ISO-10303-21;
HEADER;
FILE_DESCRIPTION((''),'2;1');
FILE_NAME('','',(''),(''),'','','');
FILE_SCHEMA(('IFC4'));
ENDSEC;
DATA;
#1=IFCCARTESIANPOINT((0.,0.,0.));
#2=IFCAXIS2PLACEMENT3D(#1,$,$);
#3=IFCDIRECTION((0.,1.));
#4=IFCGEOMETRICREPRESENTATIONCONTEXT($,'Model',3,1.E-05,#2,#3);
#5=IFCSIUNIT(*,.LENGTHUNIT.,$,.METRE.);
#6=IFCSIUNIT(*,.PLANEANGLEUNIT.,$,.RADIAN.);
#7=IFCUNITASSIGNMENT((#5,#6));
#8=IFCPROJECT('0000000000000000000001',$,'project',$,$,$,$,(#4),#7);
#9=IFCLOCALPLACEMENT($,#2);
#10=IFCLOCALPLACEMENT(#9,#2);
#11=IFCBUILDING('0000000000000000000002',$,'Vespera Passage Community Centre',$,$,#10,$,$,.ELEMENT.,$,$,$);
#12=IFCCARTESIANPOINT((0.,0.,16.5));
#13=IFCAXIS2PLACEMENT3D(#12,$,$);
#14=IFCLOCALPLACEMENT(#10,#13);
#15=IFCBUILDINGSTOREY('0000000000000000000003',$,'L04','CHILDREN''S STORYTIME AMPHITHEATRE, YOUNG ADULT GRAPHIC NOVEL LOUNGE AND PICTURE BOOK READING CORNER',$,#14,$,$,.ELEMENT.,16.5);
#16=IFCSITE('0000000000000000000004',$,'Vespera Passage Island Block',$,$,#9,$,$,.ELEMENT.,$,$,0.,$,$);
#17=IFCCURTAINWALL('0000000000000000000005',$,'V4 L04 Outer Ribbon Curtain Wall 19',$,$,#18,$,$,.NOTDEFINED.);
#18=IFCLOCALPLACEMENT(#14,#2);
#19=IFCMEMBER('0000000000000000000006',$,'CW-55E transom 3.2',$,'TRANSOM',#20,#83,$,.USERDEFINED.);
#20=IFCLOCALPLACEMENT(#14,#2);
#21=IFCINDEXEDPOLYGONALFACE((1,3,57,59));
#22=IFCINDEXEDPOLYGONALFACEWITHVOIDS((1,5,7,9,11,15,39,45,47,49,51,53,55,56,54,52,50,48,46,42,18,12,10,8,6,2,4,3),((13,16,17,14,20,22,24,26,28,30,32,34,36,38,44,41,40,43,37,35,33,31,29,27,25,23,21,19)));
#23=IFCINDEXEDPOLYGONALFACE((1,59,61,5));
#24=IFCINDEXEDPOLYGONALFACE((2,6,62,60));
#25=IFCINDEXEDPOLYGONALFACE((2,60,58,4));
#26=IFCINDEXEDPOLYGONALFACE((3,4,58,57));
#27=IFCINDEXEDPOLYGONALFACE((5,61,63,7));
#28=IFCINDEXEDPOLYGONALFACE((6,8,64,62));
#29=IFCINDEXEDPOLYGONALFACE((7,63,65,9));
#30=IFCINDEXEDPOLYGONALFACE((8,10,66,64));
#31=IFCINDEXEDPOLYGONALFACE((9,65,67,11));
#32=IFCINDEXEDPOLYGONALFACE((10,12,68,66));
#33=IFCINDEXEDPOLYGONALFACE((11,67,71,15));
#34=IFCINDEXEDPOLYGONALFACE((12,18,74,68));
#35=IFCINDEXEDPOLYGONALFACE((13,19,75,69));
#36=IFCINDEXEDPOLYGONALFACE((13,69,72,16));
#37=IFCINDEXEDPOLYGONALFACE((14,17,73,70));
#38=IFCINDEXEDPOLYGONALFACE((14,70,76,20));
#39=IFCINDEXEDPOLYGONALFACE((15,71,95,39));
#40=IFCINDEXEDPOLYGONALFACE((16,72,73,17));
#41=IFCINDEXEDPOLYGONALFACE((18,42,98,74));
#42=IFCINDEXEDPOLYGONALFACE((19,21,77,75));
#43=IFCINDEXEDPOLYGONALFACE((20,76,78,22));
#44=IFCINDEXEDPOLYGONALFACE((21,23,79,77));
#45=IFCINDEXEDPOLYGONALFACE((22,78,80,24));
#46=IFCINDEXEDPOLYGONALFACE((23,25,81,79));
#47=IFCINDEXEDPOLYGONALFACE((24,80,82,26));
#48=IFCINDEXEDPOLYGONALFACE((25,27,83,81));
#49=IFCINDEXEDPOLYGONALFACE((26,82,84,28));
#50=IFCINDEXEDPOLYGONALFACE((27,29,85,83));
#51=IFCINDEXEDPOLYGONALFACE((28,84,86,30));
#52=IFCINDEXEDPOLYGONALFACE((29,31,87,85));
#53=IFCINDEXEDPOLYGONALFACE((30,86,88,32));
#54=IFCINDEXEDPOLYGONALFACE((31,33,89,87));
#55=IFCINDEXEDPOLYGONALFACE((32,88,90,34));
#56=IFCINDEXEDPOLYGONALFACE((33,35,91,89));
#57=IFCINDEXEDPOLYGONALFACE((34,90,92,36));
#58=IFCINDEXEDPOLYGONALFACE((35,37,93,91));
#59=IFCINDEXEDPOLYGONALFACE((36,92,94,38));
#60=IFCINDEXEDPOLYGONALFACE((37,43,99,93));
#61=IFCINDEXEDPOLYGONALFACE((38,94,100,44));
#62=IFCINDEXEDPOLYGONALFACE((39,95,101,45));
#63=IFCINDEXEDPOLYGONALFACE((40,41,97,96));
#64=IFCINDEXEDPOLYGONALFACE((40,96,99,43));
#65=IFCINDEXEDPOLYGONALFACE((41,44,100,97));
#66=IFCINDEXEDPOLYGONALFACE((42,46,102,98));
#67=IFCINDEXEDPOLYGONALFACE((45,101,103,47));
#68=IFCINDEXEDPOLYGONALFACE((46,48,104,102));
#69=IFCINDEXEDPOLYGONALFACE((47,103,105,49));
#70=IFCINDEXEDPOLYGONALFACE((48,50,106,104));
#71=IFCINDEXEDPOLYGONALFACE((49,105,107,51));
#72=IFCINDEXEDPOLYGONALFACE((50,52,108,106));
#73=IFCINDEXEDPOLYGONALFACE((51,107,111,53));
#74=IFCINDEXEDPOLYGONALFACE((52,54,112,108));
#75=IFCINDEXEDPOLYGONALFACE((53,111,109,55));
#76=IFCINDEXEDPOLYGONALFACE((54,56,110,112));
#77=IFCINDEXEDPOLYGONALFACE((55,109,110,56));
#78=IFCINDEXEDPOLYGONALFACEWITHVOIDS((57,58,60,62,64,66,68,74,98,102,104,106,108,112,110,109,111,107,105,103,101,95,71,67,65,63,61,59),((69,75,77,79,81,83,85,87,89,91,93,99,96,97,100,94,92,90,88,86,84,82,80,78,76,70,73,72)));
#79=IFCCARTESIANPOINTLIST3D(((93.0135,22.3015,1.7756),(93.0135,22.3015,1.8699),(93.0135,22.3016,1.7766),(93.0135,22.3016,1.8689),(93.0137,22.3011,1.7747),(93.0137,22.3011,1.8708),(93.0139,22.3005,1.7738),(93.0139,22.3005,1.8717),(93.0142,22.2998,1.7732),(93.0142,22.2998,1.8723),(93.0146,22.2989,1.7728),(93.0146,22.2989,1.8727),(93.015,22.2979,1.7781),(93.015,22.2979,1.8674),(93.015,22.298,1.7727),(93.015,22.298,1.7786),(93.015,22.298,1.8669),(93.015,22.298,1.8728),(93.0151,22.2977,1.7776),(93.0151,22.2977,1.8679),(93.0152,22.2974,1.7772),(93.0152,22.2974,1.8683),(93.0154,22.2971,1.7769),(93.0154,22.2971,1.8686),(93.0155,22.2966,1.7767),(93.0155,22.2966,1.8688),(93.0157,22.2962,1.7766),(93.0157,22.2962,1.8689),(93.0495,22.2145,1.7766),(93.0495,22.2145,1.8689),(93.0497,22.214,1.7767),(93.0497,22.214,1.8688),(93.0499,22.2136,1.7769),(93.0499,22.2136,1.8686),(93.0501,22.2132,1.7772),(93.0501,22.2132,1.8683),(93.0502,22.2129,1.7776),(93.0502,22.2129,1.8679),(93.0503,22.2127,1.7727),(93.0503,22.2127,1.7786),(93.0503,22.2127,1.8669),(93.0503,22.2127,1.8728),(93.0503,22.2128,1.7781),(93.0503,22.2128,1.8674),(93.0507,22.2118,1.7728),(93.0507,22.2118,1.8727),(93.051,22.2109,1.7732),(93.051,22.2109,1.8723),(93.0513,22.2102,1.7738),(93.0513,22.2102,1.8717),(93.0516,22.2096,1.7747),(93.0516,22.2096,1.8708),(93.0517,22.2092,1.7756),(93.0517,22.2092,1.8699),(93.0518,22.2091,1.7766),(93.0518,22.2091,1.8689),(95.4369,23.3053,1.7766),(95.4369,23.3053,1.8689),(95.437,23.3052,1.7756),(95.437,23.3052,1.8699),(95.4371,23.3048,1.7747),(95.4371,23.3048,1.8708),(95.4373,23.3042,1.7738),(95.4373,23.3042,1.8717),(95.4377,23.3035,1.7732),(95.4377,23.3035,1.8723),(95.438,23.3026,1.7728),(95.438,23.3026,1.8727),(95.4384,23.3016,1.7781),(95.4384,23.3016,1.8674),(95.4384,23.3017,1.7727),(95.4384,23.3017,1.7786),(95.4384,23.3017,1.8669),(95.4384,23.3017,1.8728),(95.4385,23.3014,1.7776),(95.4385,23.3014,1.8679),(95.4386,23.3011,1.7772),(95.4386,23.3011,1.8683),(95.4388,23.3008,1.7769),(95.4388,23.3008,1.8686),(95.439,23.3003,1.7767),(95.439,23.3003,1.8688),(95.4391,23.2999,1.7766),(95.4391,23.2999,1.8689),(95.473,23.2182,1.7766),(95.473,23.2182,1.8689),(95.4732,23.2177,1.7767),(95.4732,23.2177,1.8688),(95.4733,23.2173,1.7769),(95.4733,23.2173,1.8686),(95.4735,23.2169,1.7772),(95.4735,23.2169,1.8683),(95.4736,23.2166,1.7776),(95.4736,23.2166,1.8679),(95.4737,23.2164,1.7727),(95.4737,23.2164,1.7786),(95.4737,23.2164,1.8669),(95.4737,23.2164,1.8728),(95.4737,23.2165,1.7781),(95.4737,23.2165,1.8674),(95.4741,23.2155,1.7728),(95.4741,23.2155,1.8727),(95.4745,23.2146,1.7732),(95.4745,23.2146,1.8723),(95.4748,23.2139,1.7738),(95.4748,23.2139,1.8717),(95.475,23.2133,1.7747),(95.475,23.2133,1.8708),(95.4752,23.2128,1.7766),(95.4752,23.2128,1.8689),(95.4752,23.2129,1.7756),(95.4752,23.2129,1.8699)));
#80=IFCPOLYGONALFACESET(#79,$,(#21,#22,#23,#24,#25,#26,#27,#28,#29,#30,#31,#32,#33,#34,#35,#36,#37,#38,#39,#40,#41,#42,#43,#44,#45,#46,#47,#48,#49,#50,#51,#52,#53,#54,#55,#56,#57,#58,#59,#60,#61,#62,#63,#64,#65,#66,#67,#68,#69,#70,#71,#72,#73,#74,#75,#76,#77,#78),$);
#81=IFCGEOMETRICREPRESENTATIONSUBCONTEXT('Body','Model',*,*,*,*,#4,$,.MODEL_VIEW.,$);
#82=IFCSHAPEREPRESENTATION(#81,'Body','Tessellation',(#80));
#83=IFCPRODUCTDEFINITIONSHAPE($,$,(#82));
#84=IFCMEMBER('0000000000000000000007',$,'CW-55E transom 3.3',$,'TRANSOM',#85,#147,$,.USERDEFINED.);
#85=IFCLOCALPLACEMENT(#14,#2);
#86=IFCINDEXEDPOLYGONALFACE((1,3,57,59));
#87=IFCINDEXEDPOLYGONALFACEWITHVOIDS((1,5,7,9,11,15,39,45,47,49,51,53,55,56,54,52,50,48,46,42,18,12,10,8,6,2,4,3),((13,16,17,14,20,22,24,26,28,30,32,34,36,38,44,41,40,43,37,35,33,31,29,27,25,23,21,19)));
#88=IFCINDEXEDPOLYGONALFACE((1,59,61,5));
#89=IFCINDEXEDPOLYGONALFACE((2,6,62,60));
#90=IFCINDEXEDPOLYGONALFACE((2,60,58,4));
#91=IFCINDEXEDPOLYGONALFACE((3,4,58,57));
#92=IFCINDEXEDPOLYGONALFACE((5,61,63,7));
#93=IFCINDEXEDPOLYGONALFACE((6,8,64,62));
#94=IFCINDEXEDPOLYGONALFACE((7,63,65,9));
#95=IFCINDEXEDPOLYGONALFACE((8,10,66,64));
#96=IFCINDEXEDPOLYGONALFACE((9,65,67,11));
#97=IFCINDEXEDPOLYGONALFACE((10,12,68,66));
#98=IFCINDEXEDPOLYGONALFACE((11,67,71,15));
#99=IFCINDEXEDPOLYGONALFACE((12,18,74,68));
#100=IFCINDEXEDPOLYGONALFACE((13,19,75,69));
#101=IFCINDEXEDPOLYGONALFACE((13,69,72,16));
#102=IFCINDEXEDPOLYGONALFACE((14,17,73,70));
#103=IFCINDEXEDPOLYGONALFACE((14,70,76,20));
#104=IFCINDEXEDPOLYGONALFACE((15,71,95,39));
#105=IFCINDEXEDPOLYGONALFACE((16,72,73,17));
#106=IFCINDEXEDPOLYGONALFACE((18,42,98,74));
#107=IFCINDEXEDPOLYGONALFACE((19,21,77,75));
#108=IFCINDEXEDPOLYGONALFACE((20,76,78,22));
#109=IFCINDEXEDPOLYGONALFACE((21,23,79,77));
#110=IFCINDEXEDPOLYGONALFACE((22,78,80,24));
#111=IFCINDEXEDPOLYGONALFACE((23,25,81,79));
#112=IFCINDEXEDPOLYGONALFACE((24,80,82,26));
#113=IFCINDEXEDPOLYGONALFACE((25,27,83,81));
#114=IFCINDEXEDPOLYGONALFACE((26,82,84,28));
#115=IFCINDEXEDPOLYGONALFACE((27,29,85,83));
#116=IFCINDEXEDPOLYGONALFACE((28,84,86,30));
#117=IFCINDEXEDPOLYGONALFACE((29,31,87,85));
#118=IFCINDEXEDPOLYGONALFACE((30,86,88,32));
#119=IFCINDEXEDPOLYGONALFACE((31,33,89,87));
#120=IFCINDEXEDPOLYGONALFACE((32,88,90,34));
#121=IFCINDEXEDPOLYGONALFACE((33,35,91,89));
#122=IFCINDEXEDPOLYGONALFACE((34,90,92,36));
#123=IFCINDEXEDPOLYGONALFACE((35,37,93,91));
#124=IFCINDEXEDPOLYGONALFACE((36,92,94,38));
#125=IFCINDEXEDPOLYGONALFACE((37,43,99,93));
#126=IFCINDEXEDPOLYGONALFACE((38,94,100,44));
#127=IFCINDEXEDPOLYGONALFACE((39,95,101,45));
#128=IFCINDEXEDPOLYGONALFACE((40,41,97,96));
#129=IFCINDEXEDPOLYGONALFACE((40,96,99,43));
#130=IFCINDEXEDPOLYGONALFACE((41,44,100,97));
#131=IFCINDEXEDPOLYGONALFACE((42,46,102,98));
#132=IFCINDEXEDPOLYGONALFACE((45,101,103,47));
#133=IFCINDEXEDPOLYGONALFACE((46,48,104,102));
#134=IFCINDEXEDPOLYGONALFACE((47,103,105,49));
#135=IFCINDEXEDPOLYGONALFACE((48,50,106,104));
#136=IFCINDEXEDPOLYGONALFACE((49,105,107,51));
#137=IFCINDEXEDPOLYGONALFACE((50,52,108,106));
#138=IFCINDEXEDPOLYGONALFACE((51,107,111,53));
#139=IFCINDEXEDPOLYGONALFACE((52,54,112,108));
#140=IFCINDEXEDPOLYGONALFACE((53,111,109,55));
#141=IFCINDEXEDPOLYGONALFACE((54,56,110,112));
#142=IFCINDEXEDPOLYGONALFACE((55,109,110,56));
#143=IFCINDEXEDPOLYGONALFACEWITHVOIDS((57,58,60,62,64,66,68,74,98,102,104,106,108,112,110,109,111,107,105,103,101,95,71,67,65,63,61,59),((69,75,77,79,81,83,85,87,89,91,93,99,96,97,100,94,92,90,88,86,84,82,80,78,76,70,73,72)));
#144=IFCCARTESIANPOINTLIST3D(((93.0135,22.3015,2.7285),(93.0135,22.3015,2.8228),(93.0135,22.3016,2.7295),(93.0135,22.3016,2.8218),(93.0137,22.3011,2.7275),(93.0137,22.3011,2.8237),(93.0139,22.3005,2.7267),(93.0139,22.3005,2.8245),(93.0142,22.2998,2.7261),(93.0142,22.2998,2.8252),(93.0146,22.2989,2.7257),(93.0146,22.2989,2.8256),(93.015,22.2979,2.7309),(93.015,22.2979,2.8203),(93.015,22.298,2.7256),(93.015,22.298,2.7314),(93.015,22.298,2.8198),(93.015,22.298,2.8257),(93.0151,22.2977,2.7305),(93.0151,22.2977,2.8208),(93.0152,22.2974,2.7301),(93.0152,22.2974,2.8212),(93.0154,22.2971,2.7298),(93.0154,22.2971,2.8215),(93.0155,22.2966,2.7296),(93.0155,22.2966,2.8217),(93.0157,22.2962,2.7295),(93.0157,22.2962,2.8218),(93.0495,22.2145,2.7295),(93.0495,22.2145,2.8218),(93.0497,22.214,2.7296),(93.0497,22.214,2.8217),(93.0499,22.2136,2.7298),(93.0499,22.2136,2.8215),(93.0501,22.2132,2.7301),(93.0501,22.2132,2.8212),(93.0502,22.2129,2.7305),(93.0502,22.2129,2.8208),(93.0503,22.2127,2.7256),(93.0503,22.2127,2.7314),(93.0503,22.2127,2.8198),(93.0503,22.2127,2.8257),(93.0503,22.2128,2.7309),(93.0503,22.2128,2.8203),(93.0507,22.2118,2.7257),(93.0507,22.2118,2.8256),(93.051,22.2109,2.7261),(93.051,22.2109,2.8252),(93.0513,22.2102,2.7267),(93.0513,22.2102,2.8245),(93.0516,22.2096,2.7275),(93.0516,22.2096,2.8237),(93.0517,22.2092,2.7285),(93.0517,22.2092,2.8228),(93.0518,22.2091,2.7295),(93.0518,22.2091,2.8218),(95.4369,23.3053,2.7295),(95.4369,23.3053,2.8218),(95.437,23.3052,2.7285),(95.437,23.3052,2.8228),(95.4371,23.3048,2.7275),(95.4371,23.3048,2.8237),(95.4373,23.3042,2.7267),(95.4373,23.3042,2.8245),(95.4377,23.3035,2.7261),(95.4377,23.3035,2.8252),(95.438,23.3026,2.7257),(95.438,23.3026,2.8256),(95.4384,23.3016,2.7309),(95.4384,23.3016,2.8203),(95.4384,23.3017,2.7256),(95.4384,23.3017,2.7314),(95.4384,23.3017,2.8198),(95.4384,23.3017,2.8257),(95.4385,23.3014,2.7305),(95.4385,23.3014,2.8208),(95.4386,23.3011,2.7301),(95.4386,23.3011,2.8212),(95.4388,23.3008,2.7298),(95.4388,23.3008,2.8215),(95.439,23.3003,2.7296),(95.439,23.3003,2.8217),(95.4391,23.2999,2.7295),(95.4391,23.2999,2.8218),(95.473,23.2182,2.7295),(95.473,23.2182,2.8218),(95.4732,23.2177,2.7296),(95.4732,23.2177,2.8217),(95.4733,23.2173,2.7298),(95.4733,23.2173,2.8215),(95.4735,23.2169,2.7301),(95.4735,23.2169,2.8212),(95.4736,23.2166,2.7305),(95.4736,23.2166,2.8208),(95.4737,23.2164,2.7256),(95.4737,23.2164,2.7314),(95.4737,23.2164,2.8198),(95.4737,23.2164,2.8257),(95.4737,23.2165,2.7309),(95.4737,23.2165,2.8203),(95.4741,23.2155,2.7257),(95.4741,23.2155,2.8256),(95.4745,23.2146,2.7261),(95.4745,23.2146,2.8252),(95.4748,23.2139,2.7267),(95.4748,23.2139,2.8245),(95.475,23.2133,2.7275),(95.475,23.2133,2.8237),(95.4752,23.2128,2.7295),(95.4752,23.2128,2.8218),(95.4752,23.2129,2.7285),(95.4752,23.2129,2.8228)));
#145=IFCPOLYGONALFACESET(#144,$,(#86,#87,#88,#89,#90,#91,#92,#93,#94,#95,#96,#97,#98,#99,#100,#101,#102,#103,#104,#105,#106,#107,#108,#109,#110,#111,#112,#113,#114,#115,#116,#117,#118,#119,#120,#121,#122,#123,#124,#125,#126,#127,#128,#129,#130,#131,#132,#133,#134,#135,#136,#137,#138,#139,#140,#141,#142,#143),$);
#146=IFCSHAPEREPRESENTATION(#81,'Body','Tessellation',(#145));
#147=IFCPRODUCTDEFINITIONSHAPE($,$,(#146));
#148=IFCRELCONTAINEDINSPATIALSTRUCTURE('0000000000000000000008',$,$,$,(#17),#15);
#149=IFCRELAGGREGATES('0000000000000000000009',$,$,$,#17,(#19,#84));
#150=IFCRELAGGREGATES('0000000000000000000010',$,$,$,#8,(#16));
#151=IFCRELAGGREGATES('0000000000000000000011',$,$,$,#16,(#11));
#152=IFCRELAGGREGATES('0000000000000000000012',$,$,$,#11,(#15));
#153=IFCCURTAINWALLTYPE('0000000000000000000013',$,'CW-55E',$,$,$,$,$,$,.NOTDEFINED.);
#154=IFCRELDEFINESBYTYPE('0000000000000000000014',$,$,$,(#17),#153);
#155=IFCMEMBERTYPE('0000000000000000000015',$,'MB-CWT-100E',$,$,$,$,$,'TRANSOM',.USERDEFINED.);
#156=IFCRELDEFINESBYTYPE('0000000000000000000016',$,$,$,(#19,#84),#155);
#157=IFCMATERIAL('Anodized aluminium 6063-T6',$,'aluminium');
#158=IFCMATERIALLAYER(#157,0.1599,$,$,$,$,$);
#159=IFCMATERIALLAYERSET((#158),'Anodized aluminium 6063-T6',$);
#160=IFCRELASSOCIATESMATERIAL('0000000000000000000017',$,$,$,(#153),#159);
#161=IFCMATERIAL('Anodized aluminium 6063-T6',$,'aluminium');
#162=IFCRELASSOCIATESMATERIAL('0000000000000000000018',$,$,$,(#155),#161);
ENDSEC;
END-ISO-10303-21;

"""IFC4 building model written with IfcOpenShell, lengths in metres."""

from ifc_helpers import new_model, si_unit, direction, frame, origin, origin_2d, place, context, subcontext, project, spatial, hollow_rectangle, extrude, material, layer, layer_set, material_profile, profile_set, type_object, element, aggregate, save


model = new_model("IFC4")

# Units and contexts
model_context = context("Model", 3, precision=1e-05, world=origin(), true_north=direction((0.0, 1.0)))
body_context = subcontext(model_context, "Body", "Model", "MODEL_VIEW")
ifc_project = project(units=[si_unit("LENGTHUNIT", "METRE"), si_unit("PLANEANGLEUNIT", "RADIAN")], contexts=[model_context])

# Site, building, storey
site_placement = place(None, origin())
site = spatial("IfcSite", under=ifc_project, at=site_placement, Name="Vespera Passage Island Block", CompositionType="ELEMENT", RefElevation=0.0)
building_placement = place(site_placement, origin())
building = spatial("IfcBuilding", under=site, at=building_placement, Name="Vespera Passage Community Centre", CompositionType="ELEMENT")
storey_placement = place(building_placement, frame((0.0, 0.0, 16.5)))
storey = spatial("IfcBuildingStorey", under=building, at=storey_placement, Name="L04", Description="CHILDREN'S STORYTIME AMPHITHEATRE, YOUNG ADULT GRAPHIC NOVEL LOUNGE AND PICTURE BOOK READING CORNER", CompositionType="ELEMENT", Elevation=16.5)

# Curtain wall, members
ifc_material_1 = material(Name="Anodized aluminium 6063-T6", Category="aluminium")
ifc_layer_1 = layer(ifc_material_1, 0.1599)
ifc_layer_set_1 = layer_set([ifc_layer_1], Name="Anodized aluminium 6063-T6")
curtain_wall_type_1 = type_object("IfcCurtainWallType", Name="CW-55E", PredefinedType="NOTDEFINED", material=ifc_layer_set_1)
curtain_wall_1_placement = place(storey_placement, origin())
curtain_wall_1 = element("IfcCurtainWall", 1, at=curtain_wall_1_placement, inside=storey, type_object=curtain_wall_type_1, Name="V4 L04 Outer Ribbon Curtain Wall 19", PredefinedType="NOTDEFINED")
ifc_material_2 = material(Name="Anodized aluminium 6063-T6", Category="aluminium")
ifc_material_profile_1 = material_profile(ifc_material_2, hollow_rectangle(XDim=0.1001, YDim=0.1001, WallThickness=0.0039, InnerFilletRadius=0.002, OuterFilletRadius=0.0039, at=origin_2d()), Name="ALU100X100X4")
ifc_profile_set_1 = profile_set([ifc_material_profile_1], Name="Anodized aluminium 6063-T6")
member_type_1 = type_object("IfcMemberType", Name="MB-CWT-100E", ElementType="TRANSOM", PredefinedType="USERDEFINED", material=ifc_profile_set_1)
member_1_placement = place(storey_placement, frame((95.4561, 23.259, 1.8228), z_axis=(-0.923895, -0.382645, 0.0), x_axis=(0.382645, -0.923895, 0.0)))
member_1 = element("IfcMember", 2, at=member_1_placement, type_object=member_type_1, Name="CW-55E transom 3.2", ObjectType="TRANSOM", PredefinedType="USERDEFINED", context=body_context, shape_type="SweptSolid", body=[
    extrude(hollow_rectangle(XDim=0.1001, YDim=0.1001, WallThickness=0.0039, InnerFilletRadius=0.002, OuterFilletRadius=0.0039, at=origin_2d()), origin(), (0.0, 0.0, 1.0), 2.623),
])
member_2_placement = place(storey_placement, frame((95.4561, 23.259, 2.7756), z_axis=(-0.923895, -0.382645, 0.0), x_axis=(0.382645, -0.923895, 0.0)))
member_2 = element("IfcMember", 3, at=member_2_placement, type_object=member_type_1, Name="CW-55E transom 3.3", ObjectType="TRANSOM", PredefinedType="USERDEFINED", context=body_context, shape_type="SweptSolid", body=[
    extrude(hollow_rectangle(XDim=0.1001, YDim=0.1001, WallThickness=0.0039, InnerFilletRadius=0.002, OuterFilletRadius=0.0039, at=origin_2d()), origin(), (0.0, 0.0, 1.0), 2.623),
])

aggregate(curtain_wall_1, [member_1, member_2])

save(model, "model.ifc")
